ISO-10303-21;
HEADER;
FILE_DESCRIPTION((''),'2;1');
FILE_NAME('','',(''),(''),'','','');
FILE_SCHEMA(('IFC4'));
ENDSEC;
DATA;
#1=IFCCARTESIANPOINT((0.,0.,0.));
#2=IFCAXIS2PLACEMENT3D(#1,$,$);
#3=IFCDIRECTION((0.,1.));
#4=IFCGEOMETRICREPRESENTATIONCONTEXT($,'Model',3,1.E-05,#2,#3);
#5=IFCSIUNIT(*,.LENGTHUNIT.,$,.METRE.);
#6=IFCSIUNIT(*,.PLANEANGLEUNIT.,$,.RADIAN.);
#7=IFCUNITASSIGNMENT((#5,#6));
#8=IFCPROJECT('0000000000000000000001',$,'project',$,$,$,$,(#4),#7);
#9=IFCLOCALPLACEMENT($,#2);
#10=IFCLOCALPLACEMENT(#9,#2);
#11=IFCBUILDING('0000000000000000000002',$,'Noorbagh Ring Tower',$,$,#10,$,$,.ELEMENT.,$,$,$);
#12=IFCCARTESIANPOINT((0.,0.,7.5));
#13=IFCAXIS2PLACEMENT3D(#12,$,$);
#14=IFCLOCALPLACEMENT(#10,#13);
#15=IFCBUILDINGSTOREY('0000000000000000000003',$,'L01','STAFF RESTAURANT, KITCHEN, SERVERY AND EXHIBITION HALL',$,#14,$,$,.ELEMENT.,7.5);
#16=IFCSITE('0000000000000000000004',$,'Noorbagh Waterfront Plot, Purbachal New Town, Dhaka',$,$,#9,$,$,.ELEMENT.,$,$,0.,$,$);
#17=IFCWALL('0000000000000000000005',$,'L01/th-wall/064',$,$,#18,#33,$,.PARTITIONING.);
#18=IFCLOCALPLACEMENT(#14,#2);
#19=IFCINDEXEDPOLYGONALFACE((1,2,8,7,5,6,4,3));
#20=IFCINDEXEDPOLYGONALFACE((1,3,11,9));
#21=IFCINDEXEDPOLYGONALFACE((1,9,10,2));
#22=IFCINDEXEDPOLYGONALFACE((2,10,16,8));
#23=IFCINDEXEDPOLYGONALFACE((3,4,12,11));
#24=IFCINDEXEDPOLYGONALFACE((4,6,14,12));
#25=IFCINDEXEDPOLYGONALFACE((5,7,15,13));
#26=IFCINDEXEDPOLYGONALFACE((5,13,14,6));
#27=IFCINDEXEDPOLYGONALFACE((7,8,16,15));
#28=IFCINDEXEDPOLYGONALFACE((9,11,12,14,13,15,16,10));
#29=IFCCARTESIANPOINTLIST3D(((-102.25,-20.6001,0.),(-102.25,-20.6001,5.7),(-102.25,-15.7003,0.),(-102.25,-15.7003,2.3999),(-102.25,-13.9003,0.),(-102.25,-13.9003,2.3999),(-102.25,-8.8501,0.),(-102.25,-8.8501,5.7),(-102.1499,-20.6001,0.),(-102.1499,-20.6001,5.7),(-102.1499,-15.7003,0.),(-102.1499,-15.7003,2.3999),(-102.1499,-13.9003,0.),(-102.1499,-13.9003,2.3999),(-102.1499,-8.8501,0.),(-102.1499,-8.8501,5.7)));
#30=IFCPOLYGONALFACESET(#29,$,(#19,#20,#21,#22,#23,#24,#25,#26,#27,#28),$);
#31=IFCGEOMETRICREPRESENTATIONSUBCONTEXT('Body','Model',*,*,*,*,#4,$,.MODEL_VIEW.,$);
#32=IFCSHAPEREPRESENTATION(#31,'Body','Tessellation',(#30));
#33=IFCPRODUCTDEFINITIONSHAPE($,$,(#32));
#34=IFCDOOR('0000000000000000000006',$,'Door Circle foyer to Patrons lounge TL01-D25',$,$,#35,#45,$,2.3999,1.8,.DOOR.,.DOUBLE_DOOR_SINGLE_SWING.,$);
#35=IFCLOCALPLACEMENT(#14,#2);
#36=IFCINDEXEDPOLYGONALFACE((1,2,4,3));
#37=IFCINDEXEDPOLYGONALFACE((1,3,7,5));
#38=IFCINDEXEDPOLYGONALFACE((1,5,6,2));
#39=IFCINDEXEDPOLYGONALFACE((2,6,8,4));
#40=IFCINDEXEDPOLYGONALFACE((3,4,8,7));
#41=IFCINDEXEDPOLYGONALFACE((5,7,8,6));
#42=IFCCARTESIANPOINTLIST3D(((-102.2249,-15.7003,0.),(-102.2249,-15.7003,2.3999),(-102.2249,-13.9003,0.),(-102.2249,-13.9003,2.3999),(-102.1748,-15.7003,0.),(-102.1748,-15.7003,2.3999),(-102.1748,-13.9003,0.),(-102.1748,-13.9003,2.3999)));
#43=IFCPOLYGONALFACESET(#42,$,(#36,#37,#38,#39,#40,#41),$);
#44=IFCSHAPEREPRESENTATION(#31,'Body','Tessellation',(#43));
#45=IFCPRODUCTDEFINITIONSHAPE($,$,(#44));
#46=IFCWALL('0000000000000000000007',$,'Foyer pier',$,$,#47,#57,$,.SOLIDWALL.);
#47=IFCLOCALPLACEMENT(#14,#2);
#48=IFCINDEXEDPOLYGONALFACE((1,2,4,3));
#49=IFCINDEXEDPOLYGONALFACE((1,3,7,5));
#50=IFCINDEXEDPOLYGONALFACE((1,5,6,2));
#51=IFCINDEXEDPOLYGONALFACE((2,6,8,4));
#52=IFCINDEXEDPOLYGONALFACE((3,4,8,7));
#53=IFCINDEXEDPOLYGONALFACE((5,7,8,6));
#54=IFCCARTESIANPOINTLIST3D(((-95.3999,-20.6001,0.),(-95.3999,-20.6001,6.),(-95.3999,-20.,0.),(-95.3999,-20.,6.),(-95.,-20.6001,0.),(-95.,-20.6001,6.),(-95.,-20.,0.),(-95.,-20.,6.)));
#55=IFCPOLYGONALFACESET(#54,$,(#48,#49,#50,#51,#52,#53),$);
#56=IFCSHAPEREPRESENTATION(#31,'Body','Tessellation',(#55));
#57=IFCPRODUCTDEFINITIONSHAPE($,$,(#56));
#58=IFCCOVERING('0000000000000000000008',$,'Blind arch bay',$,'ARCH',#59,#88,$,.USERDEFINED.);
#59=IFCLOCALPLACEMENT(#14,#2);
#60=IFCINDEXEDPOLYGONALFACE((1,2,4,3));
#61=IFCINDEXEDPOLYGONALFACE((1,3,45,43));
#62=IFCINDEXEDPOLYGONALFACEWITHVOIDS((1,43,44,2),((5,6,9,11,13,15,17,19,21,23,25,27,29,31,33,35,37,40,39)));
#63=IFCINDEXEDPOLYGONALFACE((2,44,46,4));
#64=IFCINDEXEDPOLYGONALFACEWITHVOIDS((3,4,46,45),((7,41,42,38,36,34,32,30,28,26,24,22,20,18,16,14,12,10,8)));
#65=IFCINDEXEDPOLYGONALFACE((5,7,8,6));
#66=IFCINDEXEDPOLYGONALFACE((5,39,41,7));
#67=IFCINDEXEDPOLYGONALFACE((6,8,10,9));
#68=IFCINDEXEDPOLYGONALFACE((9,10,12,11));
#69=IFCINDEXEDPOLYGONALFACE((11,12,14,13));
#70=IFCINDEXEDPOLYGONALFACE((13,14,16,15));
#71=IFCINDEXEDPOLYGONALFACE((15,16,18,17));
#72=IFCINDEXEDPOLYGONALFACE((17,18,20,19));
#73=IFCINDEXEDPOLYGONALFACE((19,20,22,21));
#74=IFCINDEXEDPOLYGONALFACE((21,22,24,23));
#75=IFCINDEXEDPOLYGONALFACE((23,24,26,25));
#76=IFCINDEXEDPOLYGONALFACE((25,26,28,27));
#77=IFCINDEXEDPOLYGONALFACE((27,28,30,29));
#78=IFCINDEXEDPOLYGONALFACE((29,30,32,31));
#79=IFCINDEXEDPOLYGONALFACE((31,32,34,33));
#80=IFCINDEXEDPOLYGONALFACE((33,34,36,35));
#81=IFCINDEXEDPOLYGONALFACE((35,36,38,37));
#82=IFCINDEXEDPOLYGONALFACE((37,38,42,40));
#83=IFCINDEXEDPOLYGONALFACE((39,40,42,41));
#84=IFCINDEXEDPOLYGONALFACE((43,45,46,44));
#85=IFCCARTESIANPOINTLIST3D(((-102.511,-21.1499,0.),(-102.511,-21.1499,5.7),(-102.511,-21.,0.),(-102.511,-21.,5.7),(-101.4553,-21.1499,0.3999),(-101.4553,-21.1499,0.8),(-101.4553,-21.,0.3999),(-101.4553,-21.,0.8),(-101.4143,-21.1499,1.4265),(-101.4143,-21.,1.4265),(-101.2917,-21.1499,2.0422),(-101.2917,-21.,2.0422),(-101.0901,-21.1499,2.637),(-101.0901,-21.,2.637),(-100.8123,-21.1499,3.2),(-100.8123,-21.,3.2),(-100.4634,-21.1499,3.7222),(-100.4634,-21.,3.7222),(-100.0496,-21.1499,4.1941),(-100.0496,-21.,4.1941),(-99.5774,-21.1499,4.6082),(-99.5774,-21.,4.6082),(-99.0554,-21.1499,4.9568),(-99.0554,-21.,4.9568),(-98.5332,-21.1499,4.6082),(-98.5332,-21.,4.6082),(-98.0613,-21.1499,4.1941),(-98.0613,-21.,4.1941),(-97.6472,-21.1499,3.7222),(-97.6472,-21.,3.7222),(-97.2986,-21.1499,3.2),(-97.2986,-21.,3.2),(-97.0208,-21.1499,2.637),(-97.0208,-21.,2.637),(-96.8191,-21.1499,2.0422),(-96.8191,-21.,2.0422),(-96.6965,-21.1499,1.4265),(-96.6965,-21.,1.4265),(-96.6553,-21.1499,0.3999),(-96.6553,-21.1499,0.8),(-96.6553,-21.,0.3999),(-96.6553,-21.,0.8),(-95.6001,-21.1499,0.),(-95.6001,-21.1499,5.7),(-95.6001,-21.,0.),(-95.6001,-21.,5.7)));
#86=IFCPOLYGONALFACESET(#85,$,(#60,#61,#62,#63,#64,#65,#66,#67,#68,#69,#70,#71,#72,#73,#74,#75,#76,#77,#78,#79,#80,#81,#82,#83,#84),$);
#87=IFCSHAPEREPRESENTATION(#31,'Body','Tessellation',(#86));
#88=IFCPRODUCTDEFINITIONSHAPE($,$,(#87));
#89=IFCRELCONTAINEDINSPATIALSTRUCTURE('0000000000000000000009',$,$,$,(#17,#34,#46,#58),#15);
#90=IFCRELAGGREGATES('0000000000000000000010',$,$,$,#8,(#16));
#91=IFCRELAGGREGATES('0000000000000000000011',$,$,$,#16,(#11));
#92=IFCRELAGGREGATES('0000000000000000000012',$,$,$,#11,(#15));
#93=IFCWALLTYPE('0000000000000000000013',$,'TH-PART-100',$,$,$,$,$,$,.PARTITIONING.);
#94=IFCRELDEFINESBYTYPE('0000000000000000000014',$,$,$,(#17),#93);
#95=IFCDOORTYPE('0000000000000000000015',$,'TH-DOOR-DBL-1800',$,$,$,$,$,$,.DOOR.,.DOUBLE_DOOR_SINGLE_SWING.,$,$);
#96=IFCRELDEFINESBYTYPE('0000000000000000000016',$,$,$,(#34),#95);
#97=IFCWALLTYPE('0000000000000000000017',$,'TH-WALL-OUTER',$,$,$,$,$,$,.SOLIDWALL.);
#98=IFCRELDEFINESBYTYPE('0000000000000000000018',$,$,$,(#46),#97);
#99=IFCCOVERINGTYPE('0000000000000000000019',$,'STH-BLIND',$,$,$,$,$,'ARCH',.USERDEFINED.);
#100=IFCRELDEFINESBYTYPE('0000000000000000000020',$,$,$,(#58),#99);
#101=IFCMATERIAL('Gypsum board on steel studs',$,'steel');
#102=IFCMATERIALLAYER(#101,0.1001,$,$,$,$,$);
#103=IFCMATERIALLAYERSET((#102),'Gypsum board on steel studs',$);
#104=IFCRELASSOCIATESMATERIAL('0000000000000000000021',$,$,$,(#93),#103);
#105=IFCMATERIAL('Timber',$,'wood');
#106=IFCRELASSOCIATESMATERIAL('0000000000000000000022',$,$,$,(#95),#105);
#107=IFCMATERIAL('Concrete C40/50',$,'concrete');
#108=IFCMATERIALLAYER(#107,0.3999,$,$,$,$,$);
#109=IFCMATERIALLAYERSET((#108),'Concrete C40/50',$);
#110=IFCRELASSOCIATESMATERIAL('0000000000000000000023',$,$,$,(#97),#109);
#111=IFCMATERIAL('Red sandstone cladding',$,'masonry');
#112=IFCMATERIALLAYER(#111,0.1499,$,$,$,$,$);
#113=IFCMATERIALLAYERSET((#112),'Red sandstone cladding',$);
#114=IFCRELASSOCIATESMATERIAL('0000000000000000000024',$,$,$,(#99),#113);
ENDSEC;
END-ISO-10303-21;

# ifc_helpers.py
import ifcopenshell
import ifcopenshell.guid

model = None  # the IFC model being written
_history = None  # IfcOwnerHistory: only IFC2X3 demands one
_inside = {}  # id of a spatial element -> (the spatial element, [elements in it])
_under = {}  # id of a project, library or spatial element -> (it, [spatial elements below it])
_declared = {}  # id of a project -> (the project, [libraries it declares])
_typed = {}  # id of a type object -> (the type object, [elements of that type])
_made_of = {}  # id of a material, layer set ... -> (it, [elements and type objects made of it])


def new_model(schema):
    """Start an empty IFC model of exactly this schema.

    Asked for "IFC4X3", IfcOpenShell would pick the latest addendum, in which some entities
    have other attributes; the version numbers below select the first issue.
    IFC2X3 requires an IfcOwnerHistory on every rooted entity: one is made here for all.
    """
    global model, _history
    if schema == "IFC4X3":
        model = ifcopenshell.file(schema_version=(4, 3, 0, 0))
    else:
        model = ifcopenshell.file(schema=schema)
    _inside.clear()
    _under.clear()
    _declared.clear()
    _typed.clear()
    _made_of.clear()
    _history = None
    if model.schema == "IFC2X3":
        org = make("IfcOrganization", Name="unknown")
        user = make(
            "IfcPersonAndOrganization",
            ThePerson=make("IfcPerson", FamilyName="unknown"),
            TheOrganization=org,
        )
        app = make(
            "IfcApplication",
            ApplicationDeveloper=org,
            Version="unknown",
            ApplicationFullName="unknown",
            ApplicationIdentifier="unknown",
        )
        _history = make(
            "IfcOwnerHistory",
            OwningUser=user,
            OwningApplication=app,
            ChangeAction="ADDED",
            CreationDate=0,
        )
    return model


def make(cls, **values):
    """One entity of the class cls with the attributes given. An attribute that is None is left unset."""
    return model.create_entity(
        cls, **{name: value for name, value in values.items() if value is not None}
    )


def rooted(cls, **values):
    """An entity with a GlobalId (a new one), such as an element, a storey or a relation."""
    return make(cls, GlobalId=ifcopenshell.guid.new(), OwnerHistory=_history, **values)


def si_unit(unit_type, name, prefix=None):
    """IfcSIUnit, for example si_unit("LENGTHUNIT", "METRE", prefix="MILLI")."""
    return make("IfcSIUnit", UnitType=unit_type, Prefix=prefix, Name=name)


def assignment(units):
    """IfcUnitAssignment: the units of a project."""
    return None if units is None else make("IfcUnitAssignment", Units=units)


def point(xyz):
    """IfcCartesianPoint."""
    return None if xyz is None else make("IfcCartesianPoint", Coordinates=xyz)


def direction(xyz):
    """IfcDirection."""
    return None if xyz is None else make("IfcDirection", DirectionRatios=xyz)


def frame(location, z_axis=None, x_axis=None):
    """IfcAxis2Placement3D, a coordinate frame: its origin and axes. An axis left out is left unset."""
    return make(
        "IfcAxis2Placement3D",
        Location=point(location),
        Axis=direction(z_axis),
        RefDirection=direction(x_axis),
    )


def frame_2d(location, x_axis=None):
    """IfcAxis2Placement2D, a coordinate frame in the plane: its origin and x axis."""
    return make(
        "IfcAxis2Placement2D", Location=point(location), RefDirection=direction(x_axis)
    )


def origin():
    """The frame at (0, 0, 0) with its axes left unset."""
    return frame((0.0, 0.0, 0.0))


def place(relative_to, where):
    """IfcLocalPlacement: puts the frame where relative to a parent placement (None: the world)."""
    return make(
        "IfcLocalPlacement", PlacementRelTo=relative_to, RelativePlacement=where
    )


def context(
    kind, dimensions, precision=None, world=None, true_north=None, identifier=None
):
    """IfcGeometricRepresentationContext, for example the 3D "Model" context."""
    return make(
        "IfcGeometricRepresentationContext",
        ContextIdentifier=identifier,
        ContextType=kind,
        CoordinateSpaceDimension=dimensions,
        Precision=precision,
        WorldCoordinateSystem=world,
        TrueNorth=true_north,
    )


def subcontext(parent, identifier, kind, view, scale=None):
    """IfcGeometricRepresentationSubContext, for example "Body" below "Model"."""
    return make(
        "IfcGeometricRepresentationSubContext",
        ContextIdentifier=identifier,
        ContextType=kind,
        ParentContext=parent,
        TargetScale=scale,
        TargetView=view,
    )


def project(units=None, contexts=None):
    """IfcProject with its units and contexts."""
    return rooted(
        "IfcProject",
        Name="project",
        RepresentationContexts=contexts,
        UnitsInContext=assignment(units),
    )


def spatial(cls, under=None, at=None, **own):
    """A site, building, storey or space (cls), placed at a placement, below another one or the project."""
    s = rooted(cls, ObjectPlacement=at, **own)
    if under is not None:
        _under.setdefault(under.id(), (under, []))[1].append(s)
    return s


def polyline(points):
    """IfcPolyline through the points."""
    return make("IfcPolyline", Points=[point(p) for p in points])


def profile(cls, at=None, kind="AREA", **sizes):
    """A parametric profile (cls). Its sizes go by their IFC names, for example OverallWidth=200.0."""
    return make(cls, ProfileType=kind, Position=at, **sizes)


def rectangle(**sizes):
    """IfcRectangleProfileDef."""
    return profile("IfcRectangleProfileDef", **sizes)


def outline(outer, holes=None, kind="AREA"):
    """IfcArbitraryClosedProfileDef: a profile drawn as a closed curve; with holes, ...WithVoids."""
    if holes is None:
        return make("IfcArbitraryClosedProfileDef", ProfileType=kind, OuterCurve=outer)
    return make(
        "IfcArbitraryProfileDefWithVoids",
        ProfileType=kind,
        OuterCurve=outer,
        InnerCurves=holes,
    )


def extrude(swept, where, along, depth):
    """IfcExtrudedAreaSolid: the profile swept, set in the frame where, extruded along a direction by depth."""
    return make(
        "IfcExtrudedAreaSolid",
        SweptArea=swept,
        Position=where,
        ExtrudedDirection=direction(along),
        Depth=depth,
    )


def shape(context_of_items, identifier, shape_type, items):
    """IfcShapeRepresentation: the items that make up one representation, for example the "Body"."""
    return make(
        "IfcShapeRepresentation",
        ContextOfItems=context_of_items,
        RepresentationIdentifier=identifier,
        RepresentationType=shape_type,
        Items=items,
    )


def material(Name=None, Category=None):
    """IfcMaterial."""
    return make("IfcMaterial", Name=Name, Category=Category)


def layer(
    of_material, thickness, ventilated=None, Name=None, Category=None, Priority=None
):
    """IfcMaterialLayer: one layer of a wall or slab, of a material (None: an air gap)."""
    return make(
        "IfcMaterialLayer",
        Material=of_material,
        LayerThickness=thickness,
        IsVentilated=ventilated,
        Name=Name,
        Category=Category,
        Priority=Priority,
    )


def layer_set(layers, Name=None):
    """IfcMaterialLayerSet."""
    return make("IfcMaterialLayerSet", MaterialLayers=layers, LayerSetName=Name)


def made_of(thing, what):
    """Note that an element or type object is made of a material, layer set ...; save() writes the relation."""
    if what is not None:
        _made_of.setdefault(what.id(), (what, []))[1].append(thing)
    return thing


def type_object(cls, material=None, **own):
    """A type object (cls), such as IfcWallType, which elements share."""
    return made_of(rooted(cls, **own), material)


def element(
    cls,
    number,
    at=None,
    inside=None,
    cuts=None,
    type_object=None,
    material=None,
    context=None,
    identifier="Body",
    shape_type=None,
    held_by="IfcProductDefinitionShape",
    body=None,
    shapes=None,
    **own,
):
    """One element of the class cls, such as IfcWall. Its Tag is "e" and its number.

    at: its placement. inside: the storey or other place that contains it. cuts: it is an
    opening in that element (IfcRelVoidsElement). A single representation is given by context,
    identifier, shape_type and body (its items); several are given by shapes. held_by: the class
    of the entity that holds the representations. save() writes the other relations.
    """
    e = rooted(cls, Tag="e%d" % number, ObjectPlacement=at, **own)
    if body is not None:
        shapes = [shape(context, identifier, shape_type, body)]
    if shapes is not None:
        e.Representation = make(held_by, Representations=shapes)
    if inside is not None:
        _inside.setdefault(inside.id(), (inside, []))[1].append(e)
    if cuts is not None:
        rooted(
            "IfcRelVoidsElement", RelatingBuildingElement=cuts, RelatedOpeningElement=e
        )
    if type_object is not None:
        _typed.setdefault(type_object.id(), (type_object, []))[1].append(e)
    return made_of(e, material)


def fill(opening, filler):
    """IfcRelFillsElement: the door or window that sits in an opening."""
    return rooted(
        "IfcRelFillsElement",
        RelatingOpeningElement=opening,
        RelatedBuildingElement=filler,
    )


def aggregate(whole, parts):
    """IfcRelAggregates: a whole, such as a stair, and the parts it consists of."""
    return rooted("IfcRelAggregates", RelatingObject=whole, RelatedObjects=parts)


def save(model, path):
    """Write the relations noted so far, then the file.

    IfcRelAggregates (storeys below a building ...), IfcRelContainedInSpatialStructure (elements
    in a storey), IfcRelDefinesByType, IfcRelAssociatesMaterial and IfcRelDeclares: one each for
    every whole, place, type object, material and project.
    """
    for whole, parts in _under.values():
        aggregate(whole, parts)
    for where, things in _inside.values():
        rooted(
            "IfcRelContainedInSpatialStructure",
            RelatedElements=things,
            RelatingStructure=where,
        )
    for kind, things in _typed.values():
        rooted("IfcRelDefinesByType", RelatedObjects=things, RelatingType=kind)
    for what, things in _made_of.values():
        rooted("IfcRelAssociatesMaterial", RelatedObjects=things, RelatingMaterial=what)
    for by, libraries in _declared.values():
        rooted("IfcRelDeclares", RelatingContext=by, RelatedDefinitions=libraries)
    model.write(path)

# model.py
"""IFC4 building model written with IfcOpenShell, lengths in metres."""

from ifc_helpers import new_model, si_unit, direction, frame, frame_2d, origin, place, context, subcontext, project, spatial, polyline, rectangle, outline, extrude, material, layer, layer_set, type_object, element, fill, save


model = new_model("IFC4")

# Units and contexts
model_context = context("Model", 3, precision=1e-05, world=origin(), true_north=direction((0.0, 1.0)))
body_context = subcontext(model_context, "Body", "Model", "MODEL_VIEW")
ifc_project = project(units=[si_unit("LENGTHUNIT", "METRE"), si_unit("PLANEANGLEUNIT", "RADIAN")], contexts=[model_context])

# Site, building, storey
site_placement = place(None, origin())
site = spatial("IfcSite", under=ifc_project, at=site_placement, Name="Noorbagh Waterfront Plot, Purbachal New Town, Dhaka", CompositionType="ELEMENT", RefElevation=0.0)
building_placement = place(site_placement, origin())
building = spatial("IfcBuilding", under=site, at=building_placement, Name="Noorbagh Ring Tower", CompositionType="ELEMENT")
storey_placement = place(building_placement, frame((0.0, 0.0, 7.5)))
storey = spatial("IfcBuildingStorey", under=building, at=storey_placement, Name="L01", Description="STAFF RESTAURANT, KITCHEN, SERVERY AND EXHIBITION HALL", CompositionType="ELEMENT", Elevation=7.5)

# Wall, opening, door
ifc_material_1 = material(Name="Gypsum board on steel studs", Category="steel")
ifc_layer_1 = layer(ifc_material_1, 0.1001)
ifc_layer_set_1 = layer_set([ifc_layer_1], Name="Gypsum board on steel studs")
wall_type_1 = type_object("IfcWallType", Name="TH-PART-100", PredefinedType="PARTITIONING", material=ifc_layer_set_1)
wall_1_placement = place(storey_placement, frame((-102.2, -20.6001, 0.0), z_axis=(0.0, 0.0, 1.0), x_axis=(0.0, 1.0, 0.0)))
wall_1 = element("IfcWall", 1, at=wall_1_placement, inside=storey, type_object=wall_type_1, Name="L01/th-wall/064", PredefinedType="PARTITIONING", context=body_context, shape_type="SweptSolid", body=[
    extrude(rectangle(XDim=11.75, YDim=0.1001, at=frame_2d((5.875, 0.0))), origin(), (0.0, 0.0, 1.0), 5.7),
])
opening_placement = place(wall_1_placement, frame((4.8999, 0.0, 0.0)))
opening = element("IfcOpeningElement", 2, at=opening_placement, cuts=wall_1, PredefinedType="OPENING", context=body_context, shape_type="SweptSolid", body=[
    extrude(rectangle(XDim=1.8, YDim=2.3999, at=frame_2d((0.8999, 1.2))), frame((0.0, 0.0601, 0.0), z_axis=(0.0, -1.0, 0.0), x_axis=(1.0, 0.0, 0.0)), (0.0, 0.0, 1.0), 0.1201),
])
ifc_material_2 = material(Name="Timber", Category="wood")
door_type = type_object("IfcDoorType", Name="TH-DOOR-DBL-1800", OperationType="DOUBLE_DOOR_SINGLE_SWING", PredefinedType="DOOR", material=ifc_material_2)
door_placement = place(opening_placement, origin())
door = element("IfcDoor", 3, at=door_placement, inside=storey, type_object=door_type, Name="Door Circle foyer to Patrons lounge TL01-D25", OperationType="DOUBLE_DOOR_SINGLE_SWING", OverallHeight=2.3999, OverallWidth=1.8, PredefinedType="DOOR", context=body_context, shape_type="SweptSolid", body=[
    extrude(rectangle(XDim=1.8, YDim=2.3999, at=frame_2d((0.8999, 1.2))), frame((0.0, 0.0249, 0.0), z_axis=(0.0, -1.0, 0.0), x_axis=(1.0, 0.0, 0.0)), (0.0, 0.0, 1.0), 0.05),
])
fill(opening, door)

# Wall
ifc_material_3 = material(Name="Concrete C40/50", Category="concrete")
ifc_layer_2 = layer(ifc_material_3, 0.3999)
ifc_layer_set_2 = layer_set([ifc_layer_2], Name="Concrete C40/50")
wall_type_2 = type_object("IfcWallType", Name="TH-WALL-OUTER", PredefinedType="SOLIDWALL", material=ifc_layer_set_2)
wall_2_placement = place(storey_placement, frame((-95.2, -20.6001, 0.0), z_axis=(0.0, 0.0, 1.0), x_axis=(0.0, 1.0, 0.0)))
element("IfcWall", 4, at=wall_2_placement, inside=storey, type_object=wall_type_2, Name="Foyer pier", PredefinedType="SOLIDWALL", context=body_context, shape_type="SweptSolid", body=[
    extrude(rectangle(XDim=0.6001, YDim=0.3999, at=frame_2d((0.3, 0.0))), origin(), (0.0, 0.0, 1.0), 6.0),
])

# Covering
ifc_material_4 = material(Name="Red sandstone cladding", Category="masonry")
ifc_layer_3 = layer(ifc_material_4, 0.1499)
ifc_layer_set_3 = layer_set([ifc_layer_3], Name="Red sandstone cladding")
covering_type = type_object("IfcCoveringType", Name="STH-BLIND", ElementType="ARCH", PredefinedType="USERDEFINED", material=ifc_layer_set_3)
covering_placement = place(storey_placement, frame((-102.511, -21.1499, 0.0), z_axis=(0.0, -1.0, 0.0), x_axis=(1.0, 0.0, 0.0)))
element("IfcCovering", 5, at=covering_placement, inside=storey, type_object=covering_type, Name="Blind arch bay", ObjectType="ARCH", PredefinedType="USERDEFINED", context=body_context, shape_type="SweptSolid", body=[
    extrude(outline(polyline([(0.0, 0.0), (6.9109, 0.0), (6.9109, 5.7), (0.0, 5.7), (0.0, 0.0)]), holes=[polyline([(1.0557, 0.3999), (1.0557, 0.8), (1.0967, 1.4265), (1.2192, 2.0422), (1.4209, 2.637), (1.6987, 3.2), (2.0476, 3.7222), (2.4614, 4.1941), (2.9336, 4.6082), (3.4556, 4.9568), (3.9778, 4.6082), (4.4497, 4.1941), (4.8638, 3.7222), (5.2124, 3.2), (5.4902, 2.637), (5.6919, 2.0422), (5.8145, 1.4265), (5.8557, 0.8), (5.8557, 0.3999), (1.0557, 0.3999)])]), origin(), (0.0, 0.0, -1.0), 0.1499),
])

save(model, "model.ifc")
